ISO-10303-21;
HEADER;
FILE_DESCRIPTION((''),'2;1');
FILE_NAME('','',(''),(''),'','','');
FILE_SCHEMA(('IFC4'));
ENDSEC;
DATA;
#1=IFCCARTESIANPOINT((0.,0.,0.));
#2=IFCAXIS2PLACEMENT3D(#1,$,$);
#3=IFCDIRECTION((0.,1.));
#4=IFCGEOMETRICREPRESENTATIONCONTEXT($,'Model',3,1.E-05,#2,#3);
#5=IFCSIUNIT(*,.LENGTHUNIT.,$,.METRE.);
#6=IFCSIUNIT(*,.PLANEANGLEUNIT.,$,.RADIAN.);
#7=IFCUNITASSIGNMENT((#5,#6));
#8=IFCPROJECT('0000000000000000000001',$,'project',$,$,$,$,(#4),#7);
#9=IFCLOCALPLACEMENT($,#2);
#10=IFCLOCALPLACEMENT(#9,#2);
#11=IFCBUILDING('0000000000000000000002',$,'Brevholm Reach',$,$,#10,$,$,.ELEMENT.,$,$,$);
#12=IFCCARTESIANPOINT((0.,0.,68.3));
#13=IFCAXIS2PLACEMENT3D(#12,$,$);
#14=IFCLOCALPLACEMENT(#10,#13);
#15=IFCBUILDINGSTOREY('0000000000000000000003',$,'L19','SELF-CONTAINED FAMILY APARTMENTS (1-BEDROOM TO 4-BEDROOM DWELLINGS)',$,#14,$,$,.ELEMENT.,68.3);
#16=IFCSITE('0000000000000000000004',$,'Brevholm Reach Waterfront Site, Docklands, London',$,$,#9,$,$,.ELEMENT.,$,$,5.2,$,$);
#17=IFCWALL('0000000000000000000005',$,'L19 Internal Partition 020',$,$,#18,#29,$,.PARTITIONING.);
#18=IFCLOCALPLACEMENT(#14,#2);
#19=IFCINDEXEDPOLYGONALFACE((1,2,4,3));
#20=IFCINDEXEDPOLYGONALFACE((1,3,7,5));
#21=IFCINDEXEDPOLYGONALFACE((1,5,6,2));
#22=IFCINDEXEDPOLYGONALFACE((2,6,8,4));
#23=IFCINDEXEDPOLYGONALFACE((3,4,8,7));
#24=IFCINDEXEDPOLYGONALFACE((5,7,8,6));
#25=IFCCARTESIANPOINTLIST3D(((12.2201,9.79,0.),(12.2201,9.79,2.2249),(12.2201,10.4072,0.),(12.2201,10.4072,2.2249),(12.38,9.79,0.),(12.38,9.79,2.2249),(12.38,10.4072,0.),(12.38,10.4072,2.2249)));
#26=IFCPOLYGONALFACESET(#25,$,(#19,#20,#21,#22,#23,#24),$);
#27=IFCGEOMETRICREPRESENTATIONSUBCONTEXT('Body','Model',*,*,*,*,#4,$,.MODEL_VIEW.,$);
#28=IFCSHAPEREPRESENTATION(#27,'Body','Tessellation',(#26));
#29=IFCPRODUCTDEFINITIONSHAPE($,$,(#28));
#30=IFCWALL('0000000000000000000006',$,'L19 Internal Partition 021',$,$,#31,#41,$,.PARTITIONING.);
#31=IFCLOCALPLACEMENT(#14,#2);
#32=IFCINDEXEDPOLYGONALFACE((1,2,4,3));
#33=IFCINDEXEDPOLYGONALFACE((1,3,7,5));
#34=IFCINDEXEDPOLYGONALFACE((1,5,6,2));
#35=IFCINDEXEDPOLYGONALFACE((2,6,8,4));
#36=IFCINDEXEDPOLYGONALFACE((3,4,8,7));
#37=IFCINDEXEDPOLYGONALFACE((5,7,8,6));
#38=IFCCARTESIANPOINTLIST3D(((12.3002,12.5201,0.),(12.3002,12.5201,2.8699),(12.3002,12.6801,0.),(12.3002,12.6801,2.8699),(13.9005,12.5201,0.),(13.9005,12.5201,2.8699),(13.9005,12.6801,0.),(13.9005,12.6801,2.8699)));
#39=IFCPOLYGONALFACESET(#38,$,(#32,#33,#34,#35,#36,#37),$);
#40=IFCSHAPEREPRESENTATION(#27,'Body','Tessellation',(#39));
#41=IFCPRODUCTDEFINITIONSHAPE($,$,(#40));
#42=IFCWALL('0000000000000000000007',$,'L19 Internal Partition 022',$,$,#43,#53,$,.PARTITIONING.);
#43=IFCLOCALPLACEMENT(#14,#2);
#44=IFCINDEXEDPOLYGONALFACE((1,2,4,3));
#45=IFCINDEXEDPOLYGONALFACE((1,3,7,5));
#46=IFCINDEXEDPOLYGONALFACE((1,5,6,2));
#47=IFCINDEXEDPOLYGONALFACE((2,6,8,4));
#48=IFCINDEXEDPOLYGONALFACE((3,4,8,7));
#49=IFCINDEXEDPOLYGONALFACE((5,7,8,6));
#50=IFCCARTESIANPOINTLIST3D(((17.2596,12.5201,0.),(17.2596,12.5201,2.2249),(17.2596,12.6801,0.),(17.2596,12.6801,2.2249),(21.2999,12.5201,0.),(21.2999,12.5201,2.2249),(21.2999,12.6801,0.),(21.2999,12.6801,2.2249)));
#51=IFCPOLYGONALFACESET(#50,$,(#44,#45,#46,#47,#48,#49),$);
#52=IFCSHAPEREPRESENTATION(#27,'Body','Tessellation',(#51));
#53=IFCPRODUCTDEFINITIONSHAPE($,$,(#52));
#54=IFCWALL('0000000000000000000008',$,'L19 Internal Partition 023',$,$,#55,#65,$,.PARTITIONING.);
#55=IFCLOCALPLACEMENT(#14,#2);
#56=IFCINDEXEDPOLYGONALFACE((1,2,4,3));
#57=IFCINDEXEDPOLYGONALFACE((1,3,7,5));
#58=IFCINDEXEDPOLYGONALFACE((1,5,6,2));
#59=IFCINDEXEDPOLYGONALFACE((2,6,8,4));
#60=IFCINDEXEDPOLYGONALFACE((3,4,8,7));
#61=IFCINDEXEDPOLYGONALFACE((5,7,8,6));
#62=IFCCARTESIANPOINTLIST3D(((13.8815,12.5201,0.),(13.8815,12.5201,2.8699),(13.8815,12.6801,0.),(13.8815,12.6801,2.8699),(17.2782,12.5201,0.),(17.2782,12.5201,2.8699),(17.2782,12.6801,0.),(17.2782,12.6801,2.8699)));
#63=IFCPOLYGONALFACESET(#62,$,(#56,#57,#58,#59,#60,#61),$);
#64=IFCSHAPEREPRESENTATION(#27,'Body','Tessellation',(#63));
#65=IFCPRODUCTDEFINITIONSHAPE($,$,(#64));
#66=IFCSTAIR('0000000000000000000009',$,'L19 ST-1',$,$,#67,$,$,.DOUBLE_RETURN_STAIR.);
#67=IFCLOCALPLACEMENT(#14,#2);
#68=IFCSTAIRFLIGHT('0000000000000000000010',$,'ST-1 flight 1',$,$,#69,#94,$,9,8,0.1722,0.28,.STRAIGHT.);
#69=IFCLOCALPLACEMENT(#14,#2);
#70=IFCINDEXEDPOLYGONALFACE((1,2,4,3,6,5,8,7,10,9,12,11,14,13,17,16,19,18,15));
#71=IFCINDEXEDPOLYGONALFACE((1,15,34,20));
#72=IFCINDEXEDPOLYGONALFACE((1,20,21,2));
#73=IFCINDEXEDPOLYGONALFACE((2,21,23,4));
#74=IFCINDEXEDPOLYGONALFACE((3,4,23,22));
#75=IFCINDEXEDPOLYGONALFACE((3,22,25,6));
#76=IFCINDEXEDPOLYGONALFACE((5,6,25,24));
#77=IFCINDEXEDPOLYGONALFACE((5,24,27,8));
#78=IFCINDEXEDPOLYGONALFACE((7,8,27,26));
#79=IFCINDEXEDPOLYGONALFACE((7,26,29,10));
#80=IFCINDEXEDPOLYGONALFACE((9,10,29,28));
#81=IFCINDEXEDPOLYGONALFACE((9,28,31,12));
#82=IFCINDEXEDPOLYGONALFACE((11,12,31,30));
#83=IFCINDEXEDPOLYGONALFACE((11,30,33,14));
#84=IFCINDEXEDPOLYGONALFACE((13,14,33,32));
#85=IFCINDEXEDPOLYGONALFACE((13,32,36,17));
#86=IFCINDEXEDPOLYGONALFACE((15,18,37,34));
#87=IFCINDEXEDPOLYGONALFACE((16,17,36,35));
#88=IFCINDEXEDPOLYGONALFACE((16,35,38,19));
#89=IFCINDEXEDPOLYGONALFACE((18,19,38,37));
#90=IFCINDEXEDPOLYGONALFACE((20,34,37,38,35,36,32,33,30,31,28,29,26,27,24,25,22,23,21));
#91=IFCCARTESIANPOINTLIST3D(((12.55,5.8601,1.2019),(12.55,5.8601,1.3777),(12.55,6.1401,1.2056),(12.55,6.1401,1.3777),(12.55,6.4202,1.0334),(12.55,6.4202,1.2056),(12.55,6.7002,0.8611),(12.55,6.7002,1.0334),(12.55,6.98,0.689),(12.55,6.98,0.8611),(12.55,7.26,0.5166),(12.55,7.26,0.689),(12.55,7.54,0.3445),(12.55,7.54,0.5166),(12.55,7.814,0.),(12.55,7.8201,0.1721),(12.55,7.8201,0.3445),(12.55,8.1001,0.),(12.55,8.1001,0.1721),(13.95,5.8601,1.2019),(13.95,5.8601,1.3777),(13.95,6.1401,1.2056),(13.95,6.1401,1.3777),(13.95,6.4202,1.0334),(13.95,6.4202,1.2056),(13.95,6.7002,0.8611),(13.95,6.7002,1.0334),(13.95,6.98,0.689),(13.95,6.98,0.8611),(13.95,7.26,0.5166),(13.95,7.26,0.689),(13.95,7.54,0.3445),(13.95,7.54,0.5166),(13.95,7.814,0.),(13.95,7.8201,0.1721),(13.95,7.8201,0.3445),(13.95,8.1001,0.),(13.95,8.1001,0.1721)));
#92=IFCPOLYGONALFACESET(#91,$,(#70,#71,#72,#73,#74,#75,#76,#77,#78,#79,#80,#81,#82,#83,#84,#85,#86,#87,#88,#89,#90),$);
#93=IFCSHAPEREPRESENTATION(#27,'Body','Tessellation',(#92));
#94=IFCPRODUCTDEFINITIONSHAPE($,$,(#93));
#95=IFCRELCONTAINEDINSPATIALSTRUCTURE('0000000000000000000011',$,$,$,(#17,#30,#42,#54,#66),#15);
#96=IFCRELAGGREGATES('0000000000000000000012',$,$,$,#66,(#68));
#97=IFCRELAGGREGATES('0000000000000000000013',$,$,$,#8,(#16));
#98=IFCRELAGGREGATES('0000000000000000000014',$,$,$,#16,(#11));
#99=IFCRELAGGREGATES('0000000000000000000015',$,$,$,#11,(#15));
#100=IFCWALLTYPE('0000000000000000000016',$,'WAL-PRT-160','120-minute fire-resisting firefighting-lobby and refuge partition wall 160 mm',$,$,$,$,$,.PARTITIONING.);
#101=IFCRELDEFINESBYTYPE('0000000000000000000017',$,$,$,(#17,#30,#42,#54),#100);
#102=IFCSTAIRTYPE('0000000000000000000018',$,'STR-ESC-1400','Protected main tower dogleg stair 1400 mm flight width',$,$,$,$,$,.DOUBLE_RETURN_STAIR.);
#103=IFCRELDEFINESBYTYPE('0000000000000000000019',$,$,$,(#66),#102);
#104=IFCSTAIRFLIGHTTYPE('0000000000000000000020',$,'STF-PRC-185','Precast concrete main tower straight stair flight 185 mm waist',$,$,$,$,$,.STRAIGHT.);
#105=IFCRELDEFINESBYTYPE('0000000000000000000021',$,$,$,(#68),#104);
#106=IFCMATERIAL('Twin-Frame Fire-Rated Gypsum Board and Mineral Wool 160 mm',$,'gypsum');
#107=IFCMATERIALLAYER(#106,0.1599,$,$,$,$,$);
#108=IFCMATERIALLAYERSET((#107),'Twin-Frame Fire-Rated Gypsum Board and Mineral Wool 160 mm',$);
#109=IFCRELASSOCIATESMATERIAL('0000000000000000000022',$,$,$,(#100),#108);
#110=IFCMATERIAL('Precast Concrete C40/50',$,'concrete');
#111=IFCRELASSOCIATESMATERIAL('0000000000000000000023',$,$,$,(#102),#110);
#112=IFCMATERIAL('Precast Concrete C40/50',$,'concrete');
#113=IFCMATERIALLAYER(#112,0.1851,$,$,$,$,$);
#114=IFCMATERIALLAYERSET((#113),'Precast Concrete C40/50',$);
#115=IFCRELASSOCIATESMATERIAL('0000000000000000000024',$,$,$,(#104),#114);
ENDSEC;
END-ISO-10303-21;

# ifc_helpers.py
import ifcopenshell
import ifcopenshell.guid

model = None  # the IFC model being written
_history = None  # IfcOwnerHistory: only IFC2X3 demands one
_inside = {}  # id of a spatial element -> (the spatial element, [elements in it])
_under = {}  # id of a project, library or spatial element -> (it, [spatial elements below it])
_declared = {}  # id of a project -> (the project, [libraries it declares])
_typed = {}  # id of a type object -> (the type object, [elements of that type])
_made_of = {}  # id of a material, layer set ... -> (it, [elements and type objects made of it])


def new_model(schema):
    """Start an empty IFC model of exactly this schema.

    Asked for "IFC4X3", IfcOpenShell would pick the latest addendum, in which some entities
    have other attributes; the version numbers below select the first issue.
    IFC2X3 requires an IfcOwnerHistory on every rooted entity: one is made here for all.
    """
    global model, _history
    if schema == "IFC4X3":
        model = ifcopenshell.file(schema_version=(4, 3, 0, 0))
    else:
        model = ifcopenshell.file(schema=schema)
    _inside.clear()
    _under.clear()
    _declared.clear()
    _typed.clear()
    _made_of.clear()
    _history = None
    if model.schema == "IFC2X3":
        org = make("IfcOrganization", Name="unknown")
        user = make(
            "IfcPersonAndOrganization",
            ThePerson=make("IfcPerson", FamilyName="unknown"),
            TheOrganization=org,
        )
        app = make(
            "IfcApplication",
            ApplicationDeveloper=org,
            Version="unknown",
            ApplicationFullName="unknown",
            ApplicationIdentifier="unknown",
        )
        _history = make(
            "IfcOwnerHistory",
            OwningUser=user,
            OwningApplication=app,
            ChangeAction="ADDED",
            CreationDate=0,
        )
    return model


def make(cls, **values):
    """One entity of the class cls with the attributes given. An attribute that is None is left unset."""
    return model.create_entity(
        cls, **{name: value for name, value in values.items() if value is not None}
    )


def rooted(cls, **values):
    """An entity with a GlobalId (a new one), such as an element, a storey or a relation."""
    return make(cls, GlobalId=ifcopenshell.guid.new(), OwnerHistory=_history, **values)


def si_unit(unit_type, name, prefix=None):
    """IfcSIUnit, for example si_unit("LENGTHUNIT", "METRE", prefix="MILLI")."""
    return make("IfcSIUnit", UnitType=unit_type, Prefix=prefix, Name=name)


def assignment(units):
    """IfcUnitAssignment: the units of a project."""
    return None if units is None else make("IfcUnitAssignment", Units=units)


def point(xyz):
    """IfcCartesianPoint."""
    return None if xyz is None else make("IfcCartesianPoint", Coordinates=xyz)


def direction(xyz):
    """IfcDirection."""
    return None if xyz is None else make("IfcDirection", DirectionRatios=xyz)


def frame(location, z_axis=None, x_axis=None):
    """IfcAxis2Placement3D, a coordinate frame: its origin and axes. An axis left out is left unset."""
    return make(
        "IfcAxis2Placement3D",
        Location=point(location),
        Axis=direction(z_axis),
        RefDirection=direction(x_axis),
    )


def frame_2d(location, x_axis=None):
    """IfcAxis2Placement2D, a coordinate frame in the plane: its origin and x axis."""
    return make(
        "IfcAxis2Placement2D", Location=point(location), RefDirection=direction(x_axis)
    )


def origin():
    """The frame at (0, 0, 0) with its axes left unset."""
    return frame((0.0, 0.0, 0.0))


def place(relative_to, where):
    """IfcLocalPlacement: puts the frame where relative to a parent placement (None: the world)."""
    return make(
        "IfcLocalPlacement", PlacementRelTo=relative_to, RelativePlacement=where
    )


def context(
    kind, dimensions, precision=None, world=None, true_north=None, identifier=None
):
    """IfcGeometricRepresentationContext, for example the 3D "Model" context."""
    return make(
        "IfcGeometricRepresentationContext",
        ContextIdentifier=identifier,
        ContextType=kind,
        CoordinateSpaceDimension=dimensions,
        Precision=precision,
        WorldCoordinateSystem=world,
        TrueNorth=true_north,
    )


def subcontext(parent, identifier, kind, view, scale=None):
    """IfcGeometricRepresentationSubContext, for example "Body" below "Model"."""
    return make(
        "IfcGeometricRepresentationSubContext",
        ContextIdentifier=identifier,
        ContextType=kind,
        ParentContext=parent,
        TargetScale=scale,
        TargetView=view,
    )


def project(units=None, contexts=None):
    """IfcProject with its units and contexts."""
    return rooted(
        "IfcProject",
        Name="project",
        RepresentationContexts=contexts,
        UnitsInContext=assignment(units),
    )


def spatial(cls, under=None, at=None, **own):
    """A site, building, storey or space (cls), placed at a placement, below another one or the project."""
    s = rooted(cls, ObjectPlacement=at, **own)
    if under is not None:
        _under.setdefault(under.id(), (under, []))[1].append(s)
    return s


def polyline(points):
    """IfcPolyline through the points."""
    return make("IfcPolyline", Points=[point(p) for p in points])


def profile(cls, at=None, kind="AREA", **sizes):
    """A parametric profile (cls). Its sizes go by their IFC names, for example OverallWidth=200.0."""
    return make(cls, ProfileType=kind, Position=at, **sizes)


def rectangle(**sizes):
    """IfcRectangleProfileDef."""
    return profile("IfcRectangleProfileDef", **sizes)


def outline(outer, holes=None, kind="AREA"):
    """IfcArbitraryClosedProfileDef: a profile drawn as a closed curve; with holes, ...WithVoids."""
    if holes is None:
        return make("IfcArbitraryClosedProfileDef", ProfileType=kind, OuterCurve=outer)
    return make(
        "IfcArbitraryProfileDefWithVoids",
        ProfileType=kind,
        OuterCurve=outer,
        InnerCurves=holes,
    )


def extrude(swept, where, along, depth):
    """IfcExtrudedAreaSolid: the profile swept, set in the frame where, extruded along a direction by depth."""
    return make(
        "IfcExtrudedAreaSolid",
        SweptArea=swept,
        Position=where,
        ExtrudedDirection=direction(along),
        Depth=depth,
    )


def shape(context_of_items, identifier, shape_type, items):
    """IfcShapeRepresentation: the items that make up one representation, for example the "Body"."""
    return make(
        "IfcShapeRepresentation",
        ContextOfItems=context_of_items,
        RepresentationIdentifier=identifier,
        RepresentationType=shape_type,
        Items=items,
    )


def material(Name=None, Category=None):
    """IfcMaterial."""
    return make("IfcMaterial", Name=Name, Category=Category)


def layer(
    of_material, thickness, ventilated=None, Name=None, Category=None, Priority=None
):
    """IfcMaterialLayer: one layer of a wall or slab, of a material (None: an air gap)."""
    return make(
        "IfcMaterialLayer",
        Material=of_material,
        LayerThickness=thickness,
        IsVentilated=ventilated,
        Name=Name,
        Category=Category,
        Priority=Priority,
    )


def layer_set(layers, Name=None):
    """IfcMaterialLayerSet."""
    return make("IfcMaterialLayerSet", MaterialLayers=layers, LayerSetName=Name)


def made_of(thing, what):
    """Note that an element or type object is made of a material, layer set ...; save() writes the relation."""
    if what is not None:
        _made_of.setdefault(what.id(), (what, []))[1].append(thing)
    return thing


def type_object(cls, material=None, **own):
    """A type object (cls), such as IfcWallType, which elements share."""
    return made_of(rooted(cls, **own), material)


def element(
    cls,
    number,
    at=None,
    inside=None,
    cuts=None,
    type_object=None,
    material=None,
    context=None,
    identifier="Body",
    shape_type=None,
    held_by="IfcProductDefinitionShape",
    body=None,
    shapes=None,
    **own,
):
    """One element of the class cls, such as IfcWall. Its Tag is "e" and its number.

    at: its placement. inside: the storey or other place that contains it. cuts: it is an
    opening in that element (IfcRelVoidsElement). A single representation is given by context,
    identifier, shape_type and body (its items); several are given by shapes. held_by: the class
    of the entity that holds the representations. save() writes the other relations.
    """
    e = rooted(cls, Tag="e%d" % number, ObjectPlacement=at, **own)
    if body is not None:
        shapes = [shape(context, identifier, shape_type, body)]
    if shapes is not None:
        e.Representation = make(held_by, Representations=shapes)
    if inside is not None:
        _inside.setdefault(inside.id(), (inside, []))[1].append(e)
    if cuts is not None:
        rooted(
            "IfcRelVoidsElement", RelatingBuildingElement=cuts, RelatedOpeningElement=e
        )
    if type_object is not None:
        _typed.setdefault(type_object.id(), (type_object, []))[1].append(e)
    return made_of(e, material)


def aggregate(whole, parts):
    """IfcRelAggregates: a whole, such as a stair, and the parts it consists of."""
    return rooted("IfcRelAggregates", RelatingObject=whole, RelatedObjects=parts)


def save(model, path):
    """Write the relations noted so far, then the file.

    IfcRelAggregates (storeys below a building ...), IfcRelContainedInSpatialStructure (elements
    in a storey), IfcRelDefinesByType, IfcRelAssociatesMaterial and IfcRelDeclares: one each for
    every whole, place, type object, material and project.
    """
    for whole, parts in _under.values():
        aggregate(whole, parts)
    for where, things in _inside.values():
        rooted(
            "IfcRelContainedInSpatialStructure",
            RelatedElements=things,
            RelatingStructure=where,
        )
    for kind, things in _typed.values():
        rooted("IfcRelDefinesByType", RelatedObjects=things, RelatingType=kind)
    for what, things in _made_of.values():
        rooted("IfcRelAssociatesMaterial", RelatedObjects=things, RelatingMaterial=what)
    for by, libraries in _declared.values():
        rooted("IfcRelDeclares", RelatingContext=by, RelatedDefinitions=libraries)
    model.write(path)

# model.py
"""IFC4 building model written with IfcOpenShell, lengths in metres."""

from ifc_helpers import new_model, si_unit, direction, frame, frame_2d, origin, place, context, subcontext, project, spatial, polyline, rectangle, outline, extrude, material, layer, layer_set, type_object, element, aggregate, save


model = new_model("IFC4")

# Units and contexts
model_context = context("Model", 3, precision=1e-05, world=origin(), true_north=direction((0.0, 1.0)))
body_context = subcontext(model_context, "Body", "Model", "MODEL_VIEW")
ifc_project = project(units=[si_unit("LENGTHUNIT", "METRE"), si_unit("PLANEANGLEUNIT", "RADIAN")], contexts=[model_context])

# Site, building, storey
site_placement = place(None, origin())
site = spatial("IfcSite", under=ifc_project, at=site_placement, Name="Brevholm Reach Waterfront Site, Docklands, London", CompositionType="ELEMENT", RefElevation=5.2)
building_placement = place(site_placement, origin())
building = spatial("IfcBuilding", under=site, at=building_placement, Name="Brevholm Reach", CompositionType="ELEMENT")
storey_placement = place(building_placement, frame((0.0, 0.0, 68.3)))
storey = spatial("IfcBuildingStorey", under=building, at=storey_placement, Name="L19", Description="SELF-CONTAINED FAMILY APARTMENTS (1-BEDROOM TO 4-BEDROOM DWELLINGS)", CompositionType="ELEMENT", Elevation=68.3)

# Shared definitions
ifc_material_1 = material(Name="Twin-Frame Fire-Rated Gypsum Board and Mineral Wool 160 mm", Category="gypsum")
ifc_layer_1 = layer(ifc_material_1, 0.1599)
ifc_layer_set_1 = layer_set([ifc_layer_1], Name="Twin-Frame Fire-Rated Gypsum Board and Mineral Wool 160 mm")
wall_type_1 = type_object("IfcWallType", Name="WAL-PRT-160", Description="120-minute fire-resisting firefighting-lobby and refuge partition wall 160 mm", PredefinedType="PARTITIONING", material=ifc_layer_set_1)

# Walls
wall_1_placement = place(storey_placement, frame((12.3, 9.79, 0.0), z_axis=(0.0, 0.0, 1.0), x_axis=(0.0, 1.0, 0.0)))
element("IfcWall", 1, at=wall_1_placement, inside=storey, type_object=wall_type_1, Name="L19 Internal Partition 020", PredefinedType="PARTITIONING", context=body_context, shape_type="SweptSolid", body=[
    extrude(rectangle(XDim=0.6172, YDim=0.1599, at=frame_2d((0.3086, 0.0))), origin(), (0.0, 0.0, 1.0), 2.2249),
])
wall_2_placement = place(storey_placement, frame((12.3, 12.6001, 0.0), z_axis=(0.0, 0.0, 1.0), x_axis=(1.0, 0.0, 0.0)))
element("IfcWall", 2, at=wall_2_placement, inside=storey, type_object=wall_type_1, Name="L19 Internal Partition 021", PredefinedType="PARTITIONING", context=body_context, shape_type="SweptSolid", body=[
    extrude(rectangle(XDim=1.6003, YDim=0.1599, at=frame_2d((0.8003, 0.0))), origin(), (0.0, 0.0, 1.0), 2.8699),
])
wall_3_placement = place(storey_placement, frame((17.2598, 12.6001, 0.0), z_axis=(0.0, 0.0, 1.0), x_axis=(1.0, 0.0, 0.0)))
element("IfcWall", 3, at=wall_3_placement, inside=storey, type_object=wall_type_1, Name="L19 Internal Partition 022", PredefinedType="PARTITIONING", context=body_context, shape_type="SweptSolid", body=[
    extrude(rectangle(XDim=4.0403, YDim=0.1599, at=frame_2d((2.02, 0.0))), origin(), (0.0, 0.0, 1.0), 2.2249),
])
wall_4_placement = place(storey_placement, frame((13.8816, 12.6001, 0.0), z_axis=(0.0, 0.0, 1.0), x_axis=(1.0, 0.0, 0.0)))
element("IfcWall", 4, at=wall_4_placement, inside=storey, type_object=wall_type_1, Name="L19 Internal Partition 023", PredefinedType="PARTITIONING", context=body_context, shape_type="SweptSolid", body=[
    extrude(rectangle(XDim=3.3967, YDim=0.1599, at=frame_2d((1.6982, 0.0))), origin(), (0.0, 0.0, 1.0), 2.8699),
])

# Stair, stair flight
ifc_material_2 = material(Name="Precast Concrete C40/50", Category="concrete")
stair_type = type_object("IfcStairType", Name="STR-ESC-1400", Description="Protected main tower dogleg stair 1400 mm flight width", PredefinedType="DOUBLE_RETURN_STAIR", material=ifc_material_2)
stair_placement = place(storey_placement, origin())
stair = element("IfcStair", 5, at=stair_placement, inside=storey, type_object=stair_type, Name="L19 ST-1", PredefinedType="DOUBLE_RETURN_STAIR")
ifc_material_3 = material(Name="Precast Concrete C40/50", Category="concrete")
ifc_layer_2 = layer(ifc_material_3, 0.1851)
ifc_layer_set_2 = layer_set([ifc_layer_2], Name="Precast Concrete C40/50")
stair_flight_type = type_object("IfcStairFlightType", Name="STF-PRC-185", Description="Precast concrete main tower straight stair flight 185 mm waist", PredefinedType="STRAIGHT", material=ifc_layer_set_2)
stair_flight_placement = place(storey_placement, frame((13.25, 8.1001, 0.0), z_axis=(0.0, 0.0, 1.0), x_axis=(0.0, -1.0, 0.0)))
stair_flight = element("IfcStairFlight", 6, at=stair_flight_placement, type_object=stair_flight_type, Name="ST-1 flight 1", NumberOfRisers=9, NumberOfTreads=8, PredefinedType="STRAIGHT", RiserHeight=0.1722, TreadLength=0.28, context=body_context, shape_type="SweptSolid", body=[
    extrude(outline(polyline([(0.0, 0.0), (0.0, 0.1721), (0.28, 0.1721), (0.28, 0.3445), (0.5601, 0.3445), (0.5601, 0.5166), (0.8401, 0.5166), (0.8401, 0.689), (1.1201, 0.689), (1.1201, 0.8611), (1.3999, 0.8611), (1.3999, 1.0334), (1.6799, 1.0334), (1.6799, 1.2056), (1.96, 1.2056), (1.96, 1.3777), (2.24, 1.3777), (2.24, 1.55), (2.24, 1.2019), (0.2861, 0.0), (0.0, 0.0)])), frame((0.0, 0.7, 0.0), z_axis=(0.0, -1.0, 0.0), x_axis=(1.0, 0.0, 0.0)), (0.0, 0.0, 1.0), 1.3999),
])
aggregate(stair, [stair_flight])

save(model, "model.ifc")
